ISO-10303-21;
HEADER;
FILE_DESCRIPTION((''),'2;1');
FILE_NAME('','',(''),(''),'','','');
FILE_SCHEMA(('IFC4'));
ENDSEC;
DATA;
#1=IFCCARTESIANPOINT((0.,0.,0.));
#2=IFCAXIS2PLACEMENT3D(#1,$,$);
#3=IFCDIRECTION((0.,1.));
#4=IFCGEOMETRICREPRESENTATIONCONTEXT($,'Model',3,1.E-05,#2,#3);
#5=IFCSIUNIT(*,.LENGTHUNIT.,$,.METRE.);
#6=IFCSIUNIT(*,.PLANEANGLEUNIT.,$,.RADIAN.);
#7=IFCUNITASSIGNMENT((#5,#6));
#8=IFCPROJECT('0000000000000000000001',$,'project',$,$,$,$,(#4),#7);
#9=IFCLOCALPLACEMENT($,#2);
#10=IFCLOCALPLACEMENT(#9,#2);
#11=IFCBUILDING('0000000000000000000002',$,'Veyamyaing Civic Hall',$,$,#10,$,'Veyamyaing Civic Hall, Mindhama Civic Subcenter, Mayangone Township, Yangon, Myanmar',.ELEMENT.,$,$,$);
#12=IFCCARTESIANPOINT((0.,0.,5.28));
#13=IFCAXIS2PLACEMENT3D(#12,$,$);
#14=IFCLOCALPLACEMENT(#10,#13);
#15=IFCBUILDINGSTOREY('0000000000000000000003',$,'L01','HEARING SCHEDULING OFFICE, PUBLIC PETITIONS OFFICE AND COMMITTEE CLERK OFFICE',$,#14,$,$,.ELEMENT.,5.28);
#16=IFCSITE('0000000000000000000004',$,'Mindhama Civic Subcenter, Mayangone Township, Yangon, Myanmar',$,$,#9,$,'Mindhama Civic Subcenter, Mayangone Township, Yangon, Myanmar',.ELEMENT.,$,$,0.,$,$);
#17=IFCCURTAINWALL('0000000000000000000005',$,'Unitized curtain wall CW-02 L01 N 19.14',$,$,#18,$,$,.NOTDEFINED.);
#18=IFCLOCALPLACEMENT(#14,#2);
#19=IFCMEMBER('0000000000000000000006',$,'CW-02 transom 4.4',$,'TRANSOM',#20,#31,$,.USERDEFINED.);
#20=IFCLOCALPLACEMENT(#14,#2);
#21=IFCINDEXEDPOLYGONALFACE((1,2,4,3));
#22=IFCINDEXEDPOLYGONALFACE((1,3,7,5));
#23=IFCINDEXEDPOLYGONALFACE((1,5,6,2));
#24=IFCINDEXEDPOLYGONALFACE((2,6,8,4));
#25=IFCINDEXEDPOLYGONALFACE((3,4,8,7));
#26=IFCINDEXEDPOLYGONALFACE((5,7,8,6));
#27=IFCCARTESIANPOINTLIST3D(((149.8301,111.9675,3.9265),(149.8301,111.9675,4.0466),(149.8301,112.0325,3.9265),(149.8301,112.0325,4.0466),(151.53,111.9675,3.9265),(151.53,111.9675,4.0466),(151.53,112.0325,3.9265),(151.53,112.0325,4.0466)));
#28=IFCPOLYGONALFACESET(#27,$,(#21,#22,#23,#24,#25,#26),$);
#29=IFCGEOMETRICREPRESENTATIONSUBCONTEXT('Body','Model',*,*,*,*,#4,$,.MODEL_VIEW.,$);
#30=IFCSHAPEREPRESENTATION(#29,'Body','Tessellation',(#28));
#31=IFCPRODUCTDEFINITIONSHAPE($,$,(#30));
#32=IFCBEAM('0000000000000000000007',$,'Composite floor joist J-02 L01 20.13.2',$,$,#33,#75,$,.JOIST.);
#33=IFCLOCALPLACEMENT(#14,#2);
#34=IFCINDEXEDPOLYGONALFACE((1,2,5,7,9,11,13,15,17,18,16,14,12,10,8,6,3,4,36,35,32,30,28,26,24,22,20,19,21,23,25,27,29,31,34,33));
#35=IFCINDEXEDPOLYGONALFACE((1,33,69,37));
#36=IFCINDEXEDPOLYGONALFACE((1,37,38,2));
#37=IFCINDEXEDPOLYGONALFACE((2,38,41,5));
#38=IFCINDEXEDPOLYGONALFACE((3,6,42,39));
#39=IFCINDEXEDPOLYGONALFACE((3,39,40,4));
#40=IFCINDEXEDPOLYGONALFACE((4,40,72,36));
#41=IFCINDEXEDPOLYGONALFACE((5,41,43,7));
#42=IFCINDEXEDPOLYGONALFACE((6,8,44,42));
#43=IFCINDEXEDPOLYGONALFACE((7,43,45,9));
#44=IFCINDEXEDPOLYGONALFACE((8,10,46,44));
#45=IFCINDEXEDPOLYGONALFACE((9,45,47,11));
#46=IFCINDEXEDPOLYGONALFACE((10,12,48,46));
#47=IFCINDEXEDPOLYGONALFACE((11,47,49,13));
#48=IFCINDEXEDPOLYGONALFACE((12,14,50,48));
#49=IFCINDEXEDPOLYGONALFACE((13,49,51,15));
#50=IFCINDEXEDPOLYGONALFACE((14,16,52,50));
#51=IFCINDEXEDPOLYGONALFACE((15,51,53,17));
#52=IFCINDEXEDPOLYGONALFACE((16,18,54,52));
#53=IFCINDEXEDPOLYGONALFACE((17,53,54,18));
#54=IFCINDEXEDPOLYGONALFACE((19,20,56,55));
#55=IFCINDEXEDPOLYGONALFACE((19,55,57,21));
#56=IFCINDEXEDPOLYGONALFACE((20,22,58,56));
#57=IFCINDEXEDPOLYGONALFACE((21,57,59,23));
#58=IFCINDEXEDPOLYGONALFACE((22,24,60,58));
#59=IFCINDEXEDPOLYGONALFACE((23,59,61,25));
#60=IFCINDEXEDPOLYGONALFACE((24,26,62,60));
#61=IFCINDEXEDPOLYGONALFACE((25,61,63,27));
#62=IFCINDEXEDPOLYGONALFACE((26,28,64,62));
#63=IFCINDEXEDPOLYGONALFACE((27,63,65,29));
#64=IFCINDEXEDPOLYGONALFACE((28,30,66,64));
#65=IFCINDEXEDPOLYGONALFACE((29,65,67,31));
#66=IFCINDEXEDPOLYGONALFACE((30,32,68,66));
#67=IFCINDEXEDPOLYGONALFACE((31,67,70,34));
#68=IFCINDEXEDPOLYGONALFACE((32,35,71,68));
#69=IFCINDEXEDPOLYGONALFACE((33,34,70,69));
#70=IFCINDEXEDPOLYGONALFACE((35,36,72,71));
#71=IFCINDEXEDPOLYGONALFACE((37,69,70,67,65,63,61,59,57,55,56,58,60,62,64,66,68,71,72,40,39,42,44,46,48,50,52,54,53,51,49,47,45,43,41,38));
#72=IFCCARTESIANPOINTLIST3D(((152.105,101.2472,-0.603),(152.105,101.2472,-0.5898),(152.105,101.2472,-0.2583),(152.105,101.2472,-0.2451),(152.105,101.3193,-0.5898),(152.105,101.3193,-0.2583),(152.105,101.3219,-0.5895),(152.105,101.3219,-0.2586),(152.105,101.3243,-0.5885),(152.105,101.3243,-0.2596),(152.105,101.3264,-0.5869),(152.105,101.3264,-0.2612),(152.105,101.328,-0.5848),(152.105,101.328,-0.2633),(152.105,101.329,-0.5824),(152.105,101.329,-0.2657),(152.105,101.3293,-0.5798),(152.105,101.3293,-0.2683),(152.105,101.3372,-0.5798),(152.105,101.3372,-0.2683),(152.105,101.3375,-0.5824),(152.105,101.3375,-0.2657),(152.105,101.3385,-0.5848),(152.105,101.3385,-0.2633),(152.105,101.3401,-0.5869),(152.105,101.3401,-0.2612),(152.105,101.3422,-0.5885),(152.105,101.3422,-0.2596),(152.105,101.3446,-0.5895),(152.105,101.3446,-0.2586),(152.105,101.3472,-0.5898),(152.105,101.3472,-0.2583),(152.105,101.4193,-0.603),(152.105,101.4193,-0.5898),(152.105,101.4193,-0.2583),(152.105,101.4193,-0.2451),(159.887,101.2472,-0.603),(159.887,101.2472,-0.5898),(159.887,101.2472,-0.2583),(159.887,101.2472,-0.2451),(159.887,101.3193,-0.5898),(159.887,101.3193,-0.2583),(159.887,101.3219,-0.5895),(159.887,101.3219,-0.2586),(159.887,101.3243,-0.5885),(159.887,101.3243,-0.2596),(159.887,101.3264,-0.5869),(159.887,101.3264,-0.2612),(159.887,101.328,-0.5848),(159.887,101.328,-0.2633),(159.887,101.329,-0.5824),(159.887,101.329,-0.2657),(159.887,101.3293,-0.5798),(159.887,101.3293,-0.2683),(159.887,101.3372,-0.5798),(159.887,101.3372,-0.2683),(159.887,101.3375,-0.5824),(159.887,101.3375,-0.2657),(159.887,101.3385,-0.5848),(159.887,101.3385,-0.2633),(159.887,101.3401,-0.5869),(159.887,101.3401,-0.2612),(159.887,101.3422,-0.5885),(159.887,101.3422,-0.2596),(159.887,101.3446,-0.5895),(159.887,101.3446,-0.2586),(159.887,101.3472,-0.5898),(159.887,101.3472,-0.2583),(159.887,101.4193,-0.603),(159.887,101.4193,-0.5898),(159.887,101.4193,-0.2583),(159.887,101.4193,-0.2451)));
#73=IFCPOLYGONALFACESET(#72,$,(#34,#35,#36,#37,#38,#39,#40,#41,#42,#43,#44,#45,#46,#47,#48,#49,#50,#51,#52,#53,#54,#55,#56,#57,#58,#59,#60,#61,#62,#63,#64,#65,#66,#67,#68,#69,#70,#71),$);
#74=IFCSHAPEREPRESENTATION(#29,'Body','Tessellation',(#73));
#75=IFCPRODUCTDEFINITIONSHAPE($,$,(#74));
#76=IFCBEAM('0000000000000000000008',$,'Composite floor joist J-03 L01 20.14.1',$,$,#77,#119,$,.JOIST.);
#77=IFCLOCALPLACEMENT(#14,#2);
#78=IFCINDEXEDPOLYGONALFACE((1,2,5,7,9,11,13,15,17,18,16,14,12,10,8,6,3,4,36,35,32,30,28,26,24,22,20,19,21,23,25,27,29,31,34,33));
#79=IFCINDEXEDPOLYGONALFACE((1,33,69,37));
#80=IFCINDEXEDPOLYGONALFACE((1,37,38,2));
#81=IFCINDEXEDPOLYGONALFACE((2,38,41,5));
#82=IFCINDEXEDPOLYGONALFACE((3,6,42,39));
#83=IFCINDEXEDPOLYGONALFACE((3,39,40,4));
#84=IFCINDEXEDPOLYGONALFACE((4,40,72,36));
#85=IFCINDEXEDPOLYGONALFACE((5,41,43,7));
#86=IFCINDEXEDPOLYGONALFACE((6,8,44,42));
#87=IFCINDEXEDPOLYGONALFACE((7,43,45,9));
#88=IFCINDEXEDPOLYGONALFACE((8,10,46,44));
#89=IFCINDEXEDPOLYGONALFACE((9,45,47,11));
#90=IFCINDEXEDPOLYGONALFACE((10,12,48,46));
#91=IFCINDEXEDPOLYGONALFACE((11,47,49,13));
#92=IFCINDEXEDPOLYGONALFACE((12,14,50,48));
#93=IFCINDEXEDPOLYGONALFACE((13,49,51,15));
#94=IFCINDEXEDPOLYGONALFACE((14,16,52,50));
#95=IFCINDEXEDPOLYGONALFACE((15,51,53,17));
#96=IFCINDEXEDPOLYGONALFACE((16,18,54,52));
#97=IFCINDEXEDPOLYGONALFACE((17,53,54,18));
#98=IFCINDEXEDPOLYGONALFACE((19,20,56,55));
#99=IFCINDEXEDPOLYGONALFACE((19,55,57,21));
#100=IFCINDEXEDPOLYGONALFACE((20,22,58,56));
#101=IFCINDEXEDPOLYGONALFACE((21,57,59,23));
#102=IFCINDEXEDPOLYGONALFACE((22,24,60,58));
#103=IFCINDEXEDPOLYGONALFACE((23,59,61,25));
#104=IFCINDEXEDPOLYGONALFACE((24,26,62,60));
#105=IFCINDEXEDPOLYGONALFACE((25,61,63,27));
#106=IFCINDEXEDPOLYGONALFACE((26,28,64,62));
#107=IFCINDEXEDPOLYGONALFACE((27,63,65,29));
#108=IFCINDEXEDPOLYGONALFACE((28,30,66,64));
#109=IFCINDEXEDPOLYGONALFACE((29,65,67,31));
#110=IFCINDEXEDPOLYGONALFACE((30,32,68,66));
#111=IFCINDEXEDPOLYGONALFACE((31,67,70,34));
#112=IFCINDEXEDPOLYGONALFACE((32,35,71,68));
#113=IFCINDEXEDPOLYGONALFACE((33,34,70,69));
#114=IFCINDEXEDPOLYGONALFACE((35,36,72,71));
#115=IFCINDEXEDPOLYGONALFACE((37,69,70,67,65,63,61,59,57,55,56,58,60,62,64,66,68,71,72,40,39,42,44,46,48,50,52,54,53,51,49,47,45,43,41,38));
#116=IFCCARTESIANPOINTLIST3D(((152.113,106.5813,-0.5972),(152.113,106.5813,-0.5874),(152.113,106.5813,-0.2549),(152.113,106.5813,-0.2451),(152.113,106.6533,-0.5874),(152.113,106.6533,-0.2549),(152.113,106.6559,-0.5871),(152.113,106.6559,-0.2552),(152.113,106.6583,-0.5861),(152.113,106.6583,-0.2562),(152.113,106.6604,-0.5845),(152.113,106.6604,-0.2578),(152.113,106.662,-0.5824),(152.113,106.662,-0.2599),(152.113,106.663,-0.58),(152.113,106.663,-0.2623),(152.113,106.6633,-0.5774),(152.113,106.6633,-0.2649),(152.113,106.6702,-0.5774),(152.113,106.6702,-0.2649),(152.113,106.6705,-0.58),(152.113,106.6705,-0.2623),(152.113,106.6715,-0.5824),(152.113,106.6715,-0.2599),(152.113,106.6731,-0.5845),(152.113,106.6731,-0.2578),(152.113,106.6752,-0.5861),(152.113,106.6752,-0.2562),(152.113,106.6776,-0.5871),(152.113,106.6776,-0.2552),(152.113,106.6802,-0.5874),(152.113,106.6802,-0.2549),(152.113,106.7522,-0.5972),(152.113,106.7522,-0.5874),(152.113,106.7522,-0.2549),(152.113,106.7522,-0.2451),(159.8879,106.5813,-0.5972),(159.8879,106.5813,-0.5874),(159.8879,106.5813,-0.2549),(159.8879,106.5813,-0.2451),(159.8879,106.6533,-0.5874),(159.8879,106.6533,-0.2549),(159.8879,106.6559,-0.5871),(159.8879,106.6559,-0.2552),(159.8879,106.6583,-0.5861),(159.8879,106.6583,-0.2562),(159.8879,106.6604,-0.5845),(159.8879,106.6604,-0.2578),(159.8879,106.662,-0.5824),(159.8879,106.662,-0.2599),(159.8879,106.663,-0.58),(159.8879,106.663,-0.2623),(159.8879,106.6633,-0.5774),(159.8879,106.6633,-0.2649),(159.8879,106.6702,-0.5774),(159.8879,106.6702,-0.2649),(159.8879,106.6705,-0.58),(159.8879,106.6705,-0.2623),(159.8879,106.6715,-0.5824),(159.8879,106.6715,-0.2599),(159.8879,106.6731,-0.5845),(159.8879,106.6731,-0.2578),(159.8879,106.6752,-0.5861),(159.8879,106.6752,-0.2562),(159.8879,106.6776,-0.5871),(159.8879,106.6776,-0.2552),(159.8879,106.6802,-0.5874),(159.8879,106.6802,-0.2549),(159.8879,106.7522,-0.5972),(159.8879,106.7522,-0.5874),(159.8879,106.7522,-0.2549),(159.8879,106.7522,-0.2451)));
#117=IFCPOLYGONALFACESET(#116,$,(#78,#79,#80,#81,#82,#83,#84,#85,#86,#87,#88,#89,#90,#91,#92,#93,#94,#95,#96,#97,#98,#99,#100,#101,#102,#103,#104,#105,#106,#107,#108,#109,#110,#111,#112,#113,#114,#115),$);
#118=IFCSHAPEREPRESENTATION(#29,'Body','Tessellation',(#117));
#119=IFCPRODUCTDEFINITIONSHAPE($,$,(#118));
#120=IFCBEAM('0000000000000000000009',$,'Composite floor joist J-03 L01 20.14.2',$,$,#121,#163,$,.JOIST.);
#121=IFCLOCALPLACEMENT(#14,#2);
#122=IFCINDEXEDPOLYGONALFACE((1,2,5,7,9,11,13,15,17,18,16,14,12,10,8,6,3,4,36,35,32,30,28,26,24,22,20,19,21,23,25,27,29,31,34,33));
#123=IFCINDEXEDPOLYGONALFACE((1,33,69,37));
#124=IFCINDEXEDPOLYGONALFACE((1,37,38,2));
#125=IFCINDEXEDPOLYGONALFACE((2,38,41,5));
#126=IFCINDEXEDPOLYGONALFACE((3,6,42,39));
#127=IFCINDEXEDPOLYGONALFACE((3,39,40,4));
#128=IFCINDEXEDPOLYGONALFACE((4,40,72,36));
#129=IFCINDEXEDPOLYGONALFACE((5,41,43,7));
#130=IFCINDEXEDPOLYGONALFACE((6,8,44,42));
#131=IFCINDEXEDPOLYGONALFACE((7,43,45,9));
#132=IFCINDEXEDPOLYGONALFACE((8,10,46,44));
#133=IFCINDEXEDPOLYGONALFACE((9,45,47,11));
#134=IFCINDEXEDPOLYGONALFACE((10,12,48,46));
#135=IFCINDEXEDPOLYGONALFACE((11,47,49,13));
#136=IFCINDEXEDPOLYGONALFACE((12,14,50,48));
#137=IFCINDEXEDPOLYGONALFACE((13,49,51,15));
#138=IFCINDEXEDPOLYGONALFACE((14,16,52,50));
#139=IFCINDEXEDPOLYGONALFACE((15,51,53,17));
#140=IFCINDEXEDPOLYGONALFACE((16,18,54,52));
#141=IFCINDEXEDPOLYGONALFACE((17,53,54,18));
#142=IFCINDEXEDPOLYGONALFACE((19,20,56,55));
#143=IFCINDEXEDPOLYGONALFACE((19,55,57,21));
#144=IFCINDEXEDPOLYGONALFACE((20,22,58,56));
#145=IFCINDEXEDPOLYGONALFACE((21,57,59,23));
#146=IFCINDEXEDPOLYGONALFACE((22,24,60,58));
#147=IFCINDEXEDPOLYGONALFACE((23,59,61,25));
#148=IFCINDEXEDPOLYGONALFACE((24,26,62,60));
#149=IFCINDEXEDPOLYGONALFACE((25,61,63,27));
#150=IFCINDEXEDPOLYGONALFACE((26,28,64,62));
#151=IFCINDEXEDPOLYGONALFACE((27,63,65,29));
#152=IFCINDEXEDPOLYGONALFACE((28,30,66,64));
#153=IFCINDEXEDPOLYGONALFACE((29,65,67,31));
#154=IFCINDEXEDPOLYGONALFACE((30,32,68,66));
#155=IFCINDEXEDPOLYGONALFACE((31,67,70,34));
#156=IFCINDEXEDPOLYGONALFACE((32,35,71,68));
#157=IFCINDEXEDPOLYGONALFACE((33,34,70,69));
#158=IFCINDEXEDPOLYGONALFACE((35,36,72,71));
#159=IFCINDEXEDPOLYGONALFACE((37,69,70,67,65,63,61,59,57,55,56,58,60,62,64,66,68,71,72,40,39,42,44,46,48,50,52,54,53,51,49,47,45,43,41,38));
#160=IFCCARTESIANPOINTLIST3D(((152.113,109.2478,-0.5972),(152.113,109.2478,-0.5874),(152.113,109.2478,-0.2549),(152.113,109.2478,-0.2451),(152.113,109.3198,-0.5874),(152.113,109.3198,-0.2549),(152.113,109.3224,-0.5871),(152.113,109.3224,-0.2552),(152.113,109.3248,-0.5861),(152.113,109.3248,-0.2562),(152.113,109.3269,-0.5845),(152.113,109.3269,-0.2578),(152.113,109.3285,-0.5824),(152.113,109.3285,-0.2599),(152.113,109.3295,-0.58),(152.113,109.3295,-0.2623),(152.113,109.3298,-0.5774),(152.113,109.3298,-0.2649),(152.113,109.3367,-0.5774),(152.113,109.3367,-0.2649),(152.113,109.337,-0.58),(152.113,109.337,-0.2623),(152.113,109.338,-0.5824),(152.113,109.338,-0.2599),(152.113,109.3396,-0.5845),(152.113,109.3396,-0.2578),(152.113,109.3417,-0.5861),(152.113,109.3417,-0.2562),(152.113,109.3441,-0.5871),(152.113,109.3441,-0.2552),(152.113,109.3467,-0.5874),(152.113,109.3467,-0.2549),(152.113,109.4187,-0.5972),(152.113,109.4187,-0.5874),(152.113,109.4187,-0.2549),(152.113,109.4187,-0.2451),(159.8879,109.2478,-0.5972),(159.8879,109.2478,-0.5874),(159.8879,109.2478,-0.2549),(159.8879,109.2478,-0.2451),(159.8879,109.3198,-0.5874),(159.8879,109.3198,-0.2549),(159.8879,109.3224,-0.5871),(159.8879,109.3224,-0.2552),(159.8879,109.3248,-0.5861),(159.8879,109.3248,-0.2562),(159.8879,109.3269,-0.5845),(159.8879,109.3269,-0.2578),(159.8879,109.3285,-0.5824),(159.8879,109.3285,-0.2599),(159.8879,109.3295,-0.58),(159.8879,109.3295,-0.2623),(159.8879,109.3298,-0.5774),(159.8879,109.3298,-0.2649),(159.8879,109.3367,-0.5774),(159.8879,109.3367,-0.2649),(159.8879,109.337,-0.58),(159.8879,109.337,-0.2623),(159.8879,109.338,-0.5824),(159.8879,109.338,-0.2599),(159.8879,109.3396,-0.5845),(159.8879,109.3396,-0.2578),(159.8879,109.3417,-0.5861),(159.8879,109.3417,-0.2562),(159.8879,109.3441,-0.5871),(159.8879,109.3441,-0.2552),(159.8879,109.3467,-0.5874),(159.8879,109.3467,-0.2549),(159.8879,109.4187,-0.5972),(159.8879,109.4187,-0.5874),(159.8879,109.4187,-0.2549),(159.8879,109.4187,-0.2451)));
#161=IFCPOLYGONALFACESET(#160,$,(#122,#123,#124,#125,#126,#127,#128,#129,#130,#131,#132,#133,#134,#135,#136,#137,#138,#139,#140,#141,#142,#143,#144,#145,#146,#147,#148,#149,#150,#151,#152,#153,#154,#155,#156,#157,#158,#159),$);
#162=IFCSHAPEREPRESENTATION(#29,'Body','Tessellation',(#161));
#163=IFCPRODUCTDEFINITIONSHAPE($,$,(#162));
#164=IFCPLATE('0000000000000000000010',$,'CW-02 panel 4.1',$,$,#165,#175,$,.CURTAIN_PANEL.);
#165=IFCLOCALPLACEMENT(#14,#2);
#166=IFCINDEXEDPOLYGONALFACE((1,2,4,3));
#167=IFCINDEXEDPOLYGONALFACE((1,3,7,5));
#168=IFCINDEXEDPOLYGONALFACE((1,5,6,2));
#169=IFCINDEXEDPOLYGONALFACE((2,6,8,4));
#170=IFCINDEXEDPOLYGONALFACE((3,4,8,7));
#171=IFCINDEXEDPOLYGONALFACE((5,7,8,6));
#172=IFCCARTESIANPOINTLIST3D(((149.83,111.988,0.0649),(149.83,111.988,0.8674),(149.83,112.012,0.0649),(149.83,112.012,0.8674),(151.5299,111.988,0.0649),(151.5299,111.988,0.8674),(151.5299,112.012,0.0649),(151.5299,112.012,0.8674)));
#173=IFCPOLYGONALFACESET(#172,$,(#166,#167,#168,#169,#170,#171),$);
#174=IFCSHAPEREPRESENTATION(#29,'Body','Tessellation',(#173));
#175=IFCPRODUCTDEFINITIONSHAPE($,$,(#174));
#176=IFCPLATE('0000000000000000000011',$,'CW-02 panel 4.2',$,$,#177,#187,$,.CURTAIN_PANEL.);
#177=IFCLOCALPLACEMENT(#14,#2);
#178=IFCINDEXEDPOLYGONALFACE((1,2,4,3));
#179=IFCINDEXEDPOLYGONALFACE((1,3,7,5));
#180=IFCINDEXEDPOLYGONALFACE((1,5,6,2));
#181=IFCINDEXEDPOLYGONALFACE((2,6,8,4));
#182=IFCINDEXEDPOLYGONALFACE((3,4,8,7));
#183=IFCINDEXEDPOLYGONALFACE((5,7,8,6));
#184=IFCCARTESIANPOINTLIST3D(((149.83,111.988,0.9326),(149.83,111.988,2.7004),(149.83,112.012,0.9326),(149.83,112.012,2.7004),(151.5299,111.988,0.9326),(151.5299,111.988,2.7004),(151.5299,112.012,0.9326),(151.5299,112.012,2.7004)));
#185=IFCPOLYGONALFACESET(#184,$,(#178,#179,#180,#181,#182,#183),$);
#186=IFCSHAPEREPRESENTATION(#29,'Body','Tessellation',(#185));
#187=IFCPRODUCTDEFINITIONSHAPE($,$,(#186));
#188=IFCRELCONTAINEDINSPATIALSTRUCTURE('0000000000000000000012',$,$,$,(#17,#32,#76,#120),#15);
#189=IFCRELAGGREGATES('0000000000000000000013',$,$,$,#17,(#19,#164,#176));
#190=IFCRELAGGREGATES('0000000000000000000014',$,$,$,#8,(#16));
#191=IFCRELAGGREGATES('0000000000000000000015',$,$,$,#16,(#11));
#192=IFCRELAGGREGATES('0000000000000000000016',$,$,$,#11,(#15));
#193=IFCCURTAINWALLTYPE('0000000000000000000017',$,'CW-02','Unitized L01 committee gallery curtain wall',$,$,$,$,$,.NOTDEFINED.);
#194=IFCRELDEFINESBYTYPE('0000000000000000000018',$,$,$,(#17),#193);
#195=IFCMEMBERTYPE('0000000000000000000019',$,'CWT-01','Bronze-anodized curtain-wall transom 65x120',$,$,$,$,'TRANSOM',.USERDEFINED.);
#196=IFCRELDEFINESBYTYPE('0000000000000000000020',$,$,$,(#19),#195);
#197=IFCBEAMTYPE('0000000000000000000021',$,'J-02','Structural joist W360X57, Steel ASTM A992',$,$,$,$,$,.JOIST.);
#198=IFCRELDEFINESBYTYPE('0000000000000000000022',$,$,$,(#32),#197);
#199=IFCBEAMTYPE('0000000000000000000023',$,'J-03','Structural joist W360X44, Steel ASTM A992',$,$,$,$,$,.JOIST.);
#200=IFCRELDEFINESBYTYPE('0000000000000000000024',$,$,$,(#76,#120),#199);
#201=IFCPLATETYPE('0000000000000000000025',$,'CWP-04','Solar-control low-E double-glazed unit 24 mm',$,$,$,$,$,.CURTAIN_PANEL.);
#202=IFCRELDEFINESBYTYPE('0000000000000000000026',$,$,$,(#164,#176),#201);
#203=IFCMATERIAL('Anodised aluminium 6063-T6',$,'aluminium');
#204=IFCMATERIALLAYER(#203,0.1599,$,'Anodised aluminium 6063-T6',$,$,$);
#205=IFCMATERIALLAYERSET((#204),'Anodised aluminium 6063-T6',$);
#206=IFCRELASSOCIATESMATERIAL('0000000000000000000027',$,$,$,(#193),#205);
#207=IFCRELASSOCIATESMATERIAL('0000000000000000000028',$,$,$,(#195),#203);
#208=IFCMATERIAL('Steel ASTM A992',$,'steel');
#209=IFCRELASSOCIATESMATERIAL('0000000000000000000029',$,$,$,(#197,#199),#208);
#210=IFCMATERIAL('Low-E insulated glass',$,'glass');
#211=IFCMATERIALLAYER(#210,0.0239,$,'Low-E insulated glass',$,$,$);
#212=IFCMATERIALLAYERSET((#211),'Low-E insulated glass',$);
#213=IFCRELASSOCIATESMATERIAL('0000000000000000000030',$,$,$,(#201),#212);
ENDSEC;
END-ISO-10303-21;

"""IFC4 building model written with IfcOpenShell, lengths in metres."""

from ifc_helpers import new_model, si_unit, direction, frame, origin, origin_2d, place, context, subcontext, project, spatial, rectangle, i_section, extrude, material, layer, layer_set, material_profile, profile_set, type_object, element, aggregate, save


model = new_model("IFC4")

# Units and contexts
model_context = context("Model", 3, precision=1e-05, world=origin(), true_north=direction((0.0, 1.0)))
body_context = subcontext(model_context, "Body", "Model", "MODEL_VIEW")
ifc_project = project(units=[si_unit("LENGTHUNIT", "METRE"), si_unit("PLANEANGLEUNIT", "RADIAN")], contexts=[model_context])

# Site, building, storey
site_placement = place(None, origin())
site = spatial("IfcSite", under=ifc_project, at=site_placement, Name="Mindhama Civic Subcenter, Mayangone Township, Yangon, Myanmar", LongName="Mindhama Civic Subcenter, Mayangone Township, Yangon, Myanmar", CompositionType="ELEMENT", RefElevation=0.0)
building_placement = place(site_placement, origin())
building = spatial("IfcBuilding", under=site, at=building_placement, Name="Veyamyaing Civic Hall", LongName="Veyamyaing Civic Hall, Mindhama Civic Subcenter, Mayangone Township, Yangon, Myanmar", CompositionType="ELEMENT")
storey_placement = place(building_placement, frame((0.0, 0.0, 5.28)))
storey = spatial("IfcBuildingStorey", under=building, at=storey_placement, Name="L01", Description="HEARING SCHEDULING OFFICE, PUBLIC PETITIONS OFFICE AND COMMITTEE CLERK OFFICE", CompositionType="ELEMENT", Elevation=5.28)

# Shared definitions
ifc_material_1 = material(Name="Steel ASTM A992", Category="steel")

# Curtain wall, member
ifc_material_2 = material(Name="Anodised aluminium 6063-T6", Category="aluminium")
ifc_layer_1 = layer(ifc_material_2, 0.1599, Name="Anodised aluminium 6063-T6")
ifc_layer_set_1 = layer_set([ifc_layer_1], Name="Anodised aluminium 6063-T6")
curtain_wall_type = type_object("IfcCurtainWallType", Name="CW-02", Description="Unitized L01 committee gallery curtain wall", PredefinedType="NOTDEFINED", material=ifc_layer_set_1)
curtain_wall_placement = place(storey_placement, origin())
curtain_wall = element("IfcCurtainWall", 1, at=curtain_wall_placement, inside=storey, type_object=curtain_wall_type, Name="Unitized curtain wall CW-02 L01 N 19.14", PredefinedType="NOTDEFINED")
ifc_material_profile_1 = material_profile(ifc_material_2, rectangle(XDim=0.0649, YDim=0.1201, at=origin_2d()), Name="ALU-TRN-65X120")
ifc_profile_set_1 = profile_set([ifc_material_profile_1], Name="Anodised aluminium 6063-T6")
member_type_1 = type_object("IfcMemberType", Name="CWT-01", Description="Bronze-anodized curtain-wall transom 65x120", ElementType="TRANSOM", PredefinedType="USERDEFINED", material=ifc_profile_set_1)
member_1_placement = place(storey_placement, frame((149.8301, 112.0, 3.9866), z_axis=(1.0, 0.0, 0.0), x_axis=(0.0, 1.0, 0.0)))
member_1 = element("IfcMember", 2, at=member_1_placement, type_object=member_type_1, Name="CW-02 transom 4.4", ObjectType="TRANSOM", PredefinedType="USERDEFINED", context=body_context, shape_type="SweptSolid", body=[
    extrude(rectangle(XDim=0.0649, YDim=0.1201, at=origin_2d()), origin(), (0.0, 0.0, 1.0), 1.7),
])

# Beams
ifc_material_profile_2 = material_profile(ifc_material_1, i_section(OverallWidth=0.1721, OverallDepth=0.3579, WebThickness=0.0078, FlangeThickness=0.0132, FilletRadius=0.01, at=origin_2d()), Name="W360X57")
ifc_profile_set_2 = profile_set([ifc_material_profile_2], Name="Steel ASTM A992")
beam_type_1 = type_object("IfcBeamType", Name="J-02", Description="Structural joist W360X57, Steel ASTM A992", PredefinedType="JOIST", material=ifc_profile_set_2)
beam_1_placement = place(storey_placement, frame((152.105, 101.3333, -0.4241), z_axis=(1.0, 0.0, 0.0), x_axis=(0.0, 1.0, 0.0)))
element("IfcBeam", 3, at=beam_1_placement, inside=storey, type_object=beam_type_1, Name="Composite floor joist J-02 L01 20.13.2", PredefinedType="JOIST", context=body_context, shape_type="SweptSolid", body=[
    extrude(i_section(OverallWidth=0.1721, OverallDepth=0.3579, WebThickness=0.0078, FlangeThickness=0.0132, FilletRadius=0.01, at=origin_2d()), origin(), (0.0, 0.0, 1.0), 7.782),
])
ifc_material_profile_3 = material_profile(ifc_material_1, i_section(OverallWidth=0.1709, OverallDepth=0.3521, WebThickness=0.0068, FlangeThickness=0.0098, FilletRadius=0.01, at=origin_2d()), Name="W360X44")
ifc_profile_set_3 = profile_set([ifc_material_profile_3], Name="Steel ASTM A992")
beam_type_2 = type_object("IfcBeamType", Name="J-03", Description="Structural joist W360X44, Steel ASTM A992", PredefinedType="JOIST", material=ifc_profile_set_3)
for number, where, z_axis, x_axis, name in (
    (4, (152.113, 106.6667, -0.4211), (1.0, 0.0, 0.0), (0.0, 1.0, 0.0), "Composite floor joist J-03 L01 20.14.1"),
    (5, (152.113, 109.3333, -0.4211), (1.0, 0.0, 0.0), (0.0, 1.0, 0.0), "Composite floor joist J-03 L01 20.14.2"),
):
    element("IfcBeam", number, at=place(storey_placement, frame(where, z_axis=z_axis, x_axis=x_axis)), inside=storey, type_object=beam_type_2, Name=name, PredefinedType="JOIST", context=body_context, shape_type="SweptSolid", body=[
        extrude(i_section(OverallWidth=0.1709, OverallDepth=0.3521, WebThickness=0.0068, FlangeThickness=0.0098, FilletRadius=0.01, at=origin_2d()), origin(), (0.0, 0.0, 1.0), 7.7749),
    ])

# Plates
ifc_material_3 = material(Name="Low-E insulated glass", Category="glass")
ifc_layer_2 = layer(ifc_material_3, 0.0239, Name="Low-E insulated glass")
ifc_layer_set_2 = layer_set([ifc_layer_2], Name="Low-E insulated glass")
plate_type = type_object("IfcPlateType", Name="CWP-04", Description="Solar-control low-E double-glazed unit 24 mm", PredefinedType="CURTAIN_PANEL", material=ifc_layer_set_2)
plate_1_placement = place(storey_placement, frame((150.6799, 112.0, 0.0649), z_axis=(0.0, 0.0, 1.0), x_axis=(1.0, 0.0, 0.0)))
plate_1 = element("IfcPlate", 6, at=plate_1_placement, type_object=plate_type, Name="CW-02 panel 4.1", PredefinedType="CURTAIN_PANEL", context=body_context, shape_type="SweptSolid", body=[
    extrude(rectangle(XDim=1.7, YDim=0.0239, at=origin_2d()), origin(), (0.0, 0.0, 1.0), 0.8025),
])
plate_2_placement = place(storey_placement, frame((150.6799, 112.0, 0.9326), z_axis=(0.0, 0.0, 1.0), x_axis=(1.0, 0.0, 0.0)))
plate_2 = element("IfcPlate", 7, at=plate_2_placement, type_object=plate_type, Name="CW-02 panel 4.2", PredefinedType="CURTAIN_PANEL", context=body_context, shape_type="SweptSolid", body=[
    extrude(rectangle(XDim=1.7, YDim=0.0239, at=origin_2d()), origin(), (0.0, 0.0, 1.0), 1.7678),
])
aggregate(curtain_wall, [member_1, plate_1, plate_2])

save(model, "model.ifc")
